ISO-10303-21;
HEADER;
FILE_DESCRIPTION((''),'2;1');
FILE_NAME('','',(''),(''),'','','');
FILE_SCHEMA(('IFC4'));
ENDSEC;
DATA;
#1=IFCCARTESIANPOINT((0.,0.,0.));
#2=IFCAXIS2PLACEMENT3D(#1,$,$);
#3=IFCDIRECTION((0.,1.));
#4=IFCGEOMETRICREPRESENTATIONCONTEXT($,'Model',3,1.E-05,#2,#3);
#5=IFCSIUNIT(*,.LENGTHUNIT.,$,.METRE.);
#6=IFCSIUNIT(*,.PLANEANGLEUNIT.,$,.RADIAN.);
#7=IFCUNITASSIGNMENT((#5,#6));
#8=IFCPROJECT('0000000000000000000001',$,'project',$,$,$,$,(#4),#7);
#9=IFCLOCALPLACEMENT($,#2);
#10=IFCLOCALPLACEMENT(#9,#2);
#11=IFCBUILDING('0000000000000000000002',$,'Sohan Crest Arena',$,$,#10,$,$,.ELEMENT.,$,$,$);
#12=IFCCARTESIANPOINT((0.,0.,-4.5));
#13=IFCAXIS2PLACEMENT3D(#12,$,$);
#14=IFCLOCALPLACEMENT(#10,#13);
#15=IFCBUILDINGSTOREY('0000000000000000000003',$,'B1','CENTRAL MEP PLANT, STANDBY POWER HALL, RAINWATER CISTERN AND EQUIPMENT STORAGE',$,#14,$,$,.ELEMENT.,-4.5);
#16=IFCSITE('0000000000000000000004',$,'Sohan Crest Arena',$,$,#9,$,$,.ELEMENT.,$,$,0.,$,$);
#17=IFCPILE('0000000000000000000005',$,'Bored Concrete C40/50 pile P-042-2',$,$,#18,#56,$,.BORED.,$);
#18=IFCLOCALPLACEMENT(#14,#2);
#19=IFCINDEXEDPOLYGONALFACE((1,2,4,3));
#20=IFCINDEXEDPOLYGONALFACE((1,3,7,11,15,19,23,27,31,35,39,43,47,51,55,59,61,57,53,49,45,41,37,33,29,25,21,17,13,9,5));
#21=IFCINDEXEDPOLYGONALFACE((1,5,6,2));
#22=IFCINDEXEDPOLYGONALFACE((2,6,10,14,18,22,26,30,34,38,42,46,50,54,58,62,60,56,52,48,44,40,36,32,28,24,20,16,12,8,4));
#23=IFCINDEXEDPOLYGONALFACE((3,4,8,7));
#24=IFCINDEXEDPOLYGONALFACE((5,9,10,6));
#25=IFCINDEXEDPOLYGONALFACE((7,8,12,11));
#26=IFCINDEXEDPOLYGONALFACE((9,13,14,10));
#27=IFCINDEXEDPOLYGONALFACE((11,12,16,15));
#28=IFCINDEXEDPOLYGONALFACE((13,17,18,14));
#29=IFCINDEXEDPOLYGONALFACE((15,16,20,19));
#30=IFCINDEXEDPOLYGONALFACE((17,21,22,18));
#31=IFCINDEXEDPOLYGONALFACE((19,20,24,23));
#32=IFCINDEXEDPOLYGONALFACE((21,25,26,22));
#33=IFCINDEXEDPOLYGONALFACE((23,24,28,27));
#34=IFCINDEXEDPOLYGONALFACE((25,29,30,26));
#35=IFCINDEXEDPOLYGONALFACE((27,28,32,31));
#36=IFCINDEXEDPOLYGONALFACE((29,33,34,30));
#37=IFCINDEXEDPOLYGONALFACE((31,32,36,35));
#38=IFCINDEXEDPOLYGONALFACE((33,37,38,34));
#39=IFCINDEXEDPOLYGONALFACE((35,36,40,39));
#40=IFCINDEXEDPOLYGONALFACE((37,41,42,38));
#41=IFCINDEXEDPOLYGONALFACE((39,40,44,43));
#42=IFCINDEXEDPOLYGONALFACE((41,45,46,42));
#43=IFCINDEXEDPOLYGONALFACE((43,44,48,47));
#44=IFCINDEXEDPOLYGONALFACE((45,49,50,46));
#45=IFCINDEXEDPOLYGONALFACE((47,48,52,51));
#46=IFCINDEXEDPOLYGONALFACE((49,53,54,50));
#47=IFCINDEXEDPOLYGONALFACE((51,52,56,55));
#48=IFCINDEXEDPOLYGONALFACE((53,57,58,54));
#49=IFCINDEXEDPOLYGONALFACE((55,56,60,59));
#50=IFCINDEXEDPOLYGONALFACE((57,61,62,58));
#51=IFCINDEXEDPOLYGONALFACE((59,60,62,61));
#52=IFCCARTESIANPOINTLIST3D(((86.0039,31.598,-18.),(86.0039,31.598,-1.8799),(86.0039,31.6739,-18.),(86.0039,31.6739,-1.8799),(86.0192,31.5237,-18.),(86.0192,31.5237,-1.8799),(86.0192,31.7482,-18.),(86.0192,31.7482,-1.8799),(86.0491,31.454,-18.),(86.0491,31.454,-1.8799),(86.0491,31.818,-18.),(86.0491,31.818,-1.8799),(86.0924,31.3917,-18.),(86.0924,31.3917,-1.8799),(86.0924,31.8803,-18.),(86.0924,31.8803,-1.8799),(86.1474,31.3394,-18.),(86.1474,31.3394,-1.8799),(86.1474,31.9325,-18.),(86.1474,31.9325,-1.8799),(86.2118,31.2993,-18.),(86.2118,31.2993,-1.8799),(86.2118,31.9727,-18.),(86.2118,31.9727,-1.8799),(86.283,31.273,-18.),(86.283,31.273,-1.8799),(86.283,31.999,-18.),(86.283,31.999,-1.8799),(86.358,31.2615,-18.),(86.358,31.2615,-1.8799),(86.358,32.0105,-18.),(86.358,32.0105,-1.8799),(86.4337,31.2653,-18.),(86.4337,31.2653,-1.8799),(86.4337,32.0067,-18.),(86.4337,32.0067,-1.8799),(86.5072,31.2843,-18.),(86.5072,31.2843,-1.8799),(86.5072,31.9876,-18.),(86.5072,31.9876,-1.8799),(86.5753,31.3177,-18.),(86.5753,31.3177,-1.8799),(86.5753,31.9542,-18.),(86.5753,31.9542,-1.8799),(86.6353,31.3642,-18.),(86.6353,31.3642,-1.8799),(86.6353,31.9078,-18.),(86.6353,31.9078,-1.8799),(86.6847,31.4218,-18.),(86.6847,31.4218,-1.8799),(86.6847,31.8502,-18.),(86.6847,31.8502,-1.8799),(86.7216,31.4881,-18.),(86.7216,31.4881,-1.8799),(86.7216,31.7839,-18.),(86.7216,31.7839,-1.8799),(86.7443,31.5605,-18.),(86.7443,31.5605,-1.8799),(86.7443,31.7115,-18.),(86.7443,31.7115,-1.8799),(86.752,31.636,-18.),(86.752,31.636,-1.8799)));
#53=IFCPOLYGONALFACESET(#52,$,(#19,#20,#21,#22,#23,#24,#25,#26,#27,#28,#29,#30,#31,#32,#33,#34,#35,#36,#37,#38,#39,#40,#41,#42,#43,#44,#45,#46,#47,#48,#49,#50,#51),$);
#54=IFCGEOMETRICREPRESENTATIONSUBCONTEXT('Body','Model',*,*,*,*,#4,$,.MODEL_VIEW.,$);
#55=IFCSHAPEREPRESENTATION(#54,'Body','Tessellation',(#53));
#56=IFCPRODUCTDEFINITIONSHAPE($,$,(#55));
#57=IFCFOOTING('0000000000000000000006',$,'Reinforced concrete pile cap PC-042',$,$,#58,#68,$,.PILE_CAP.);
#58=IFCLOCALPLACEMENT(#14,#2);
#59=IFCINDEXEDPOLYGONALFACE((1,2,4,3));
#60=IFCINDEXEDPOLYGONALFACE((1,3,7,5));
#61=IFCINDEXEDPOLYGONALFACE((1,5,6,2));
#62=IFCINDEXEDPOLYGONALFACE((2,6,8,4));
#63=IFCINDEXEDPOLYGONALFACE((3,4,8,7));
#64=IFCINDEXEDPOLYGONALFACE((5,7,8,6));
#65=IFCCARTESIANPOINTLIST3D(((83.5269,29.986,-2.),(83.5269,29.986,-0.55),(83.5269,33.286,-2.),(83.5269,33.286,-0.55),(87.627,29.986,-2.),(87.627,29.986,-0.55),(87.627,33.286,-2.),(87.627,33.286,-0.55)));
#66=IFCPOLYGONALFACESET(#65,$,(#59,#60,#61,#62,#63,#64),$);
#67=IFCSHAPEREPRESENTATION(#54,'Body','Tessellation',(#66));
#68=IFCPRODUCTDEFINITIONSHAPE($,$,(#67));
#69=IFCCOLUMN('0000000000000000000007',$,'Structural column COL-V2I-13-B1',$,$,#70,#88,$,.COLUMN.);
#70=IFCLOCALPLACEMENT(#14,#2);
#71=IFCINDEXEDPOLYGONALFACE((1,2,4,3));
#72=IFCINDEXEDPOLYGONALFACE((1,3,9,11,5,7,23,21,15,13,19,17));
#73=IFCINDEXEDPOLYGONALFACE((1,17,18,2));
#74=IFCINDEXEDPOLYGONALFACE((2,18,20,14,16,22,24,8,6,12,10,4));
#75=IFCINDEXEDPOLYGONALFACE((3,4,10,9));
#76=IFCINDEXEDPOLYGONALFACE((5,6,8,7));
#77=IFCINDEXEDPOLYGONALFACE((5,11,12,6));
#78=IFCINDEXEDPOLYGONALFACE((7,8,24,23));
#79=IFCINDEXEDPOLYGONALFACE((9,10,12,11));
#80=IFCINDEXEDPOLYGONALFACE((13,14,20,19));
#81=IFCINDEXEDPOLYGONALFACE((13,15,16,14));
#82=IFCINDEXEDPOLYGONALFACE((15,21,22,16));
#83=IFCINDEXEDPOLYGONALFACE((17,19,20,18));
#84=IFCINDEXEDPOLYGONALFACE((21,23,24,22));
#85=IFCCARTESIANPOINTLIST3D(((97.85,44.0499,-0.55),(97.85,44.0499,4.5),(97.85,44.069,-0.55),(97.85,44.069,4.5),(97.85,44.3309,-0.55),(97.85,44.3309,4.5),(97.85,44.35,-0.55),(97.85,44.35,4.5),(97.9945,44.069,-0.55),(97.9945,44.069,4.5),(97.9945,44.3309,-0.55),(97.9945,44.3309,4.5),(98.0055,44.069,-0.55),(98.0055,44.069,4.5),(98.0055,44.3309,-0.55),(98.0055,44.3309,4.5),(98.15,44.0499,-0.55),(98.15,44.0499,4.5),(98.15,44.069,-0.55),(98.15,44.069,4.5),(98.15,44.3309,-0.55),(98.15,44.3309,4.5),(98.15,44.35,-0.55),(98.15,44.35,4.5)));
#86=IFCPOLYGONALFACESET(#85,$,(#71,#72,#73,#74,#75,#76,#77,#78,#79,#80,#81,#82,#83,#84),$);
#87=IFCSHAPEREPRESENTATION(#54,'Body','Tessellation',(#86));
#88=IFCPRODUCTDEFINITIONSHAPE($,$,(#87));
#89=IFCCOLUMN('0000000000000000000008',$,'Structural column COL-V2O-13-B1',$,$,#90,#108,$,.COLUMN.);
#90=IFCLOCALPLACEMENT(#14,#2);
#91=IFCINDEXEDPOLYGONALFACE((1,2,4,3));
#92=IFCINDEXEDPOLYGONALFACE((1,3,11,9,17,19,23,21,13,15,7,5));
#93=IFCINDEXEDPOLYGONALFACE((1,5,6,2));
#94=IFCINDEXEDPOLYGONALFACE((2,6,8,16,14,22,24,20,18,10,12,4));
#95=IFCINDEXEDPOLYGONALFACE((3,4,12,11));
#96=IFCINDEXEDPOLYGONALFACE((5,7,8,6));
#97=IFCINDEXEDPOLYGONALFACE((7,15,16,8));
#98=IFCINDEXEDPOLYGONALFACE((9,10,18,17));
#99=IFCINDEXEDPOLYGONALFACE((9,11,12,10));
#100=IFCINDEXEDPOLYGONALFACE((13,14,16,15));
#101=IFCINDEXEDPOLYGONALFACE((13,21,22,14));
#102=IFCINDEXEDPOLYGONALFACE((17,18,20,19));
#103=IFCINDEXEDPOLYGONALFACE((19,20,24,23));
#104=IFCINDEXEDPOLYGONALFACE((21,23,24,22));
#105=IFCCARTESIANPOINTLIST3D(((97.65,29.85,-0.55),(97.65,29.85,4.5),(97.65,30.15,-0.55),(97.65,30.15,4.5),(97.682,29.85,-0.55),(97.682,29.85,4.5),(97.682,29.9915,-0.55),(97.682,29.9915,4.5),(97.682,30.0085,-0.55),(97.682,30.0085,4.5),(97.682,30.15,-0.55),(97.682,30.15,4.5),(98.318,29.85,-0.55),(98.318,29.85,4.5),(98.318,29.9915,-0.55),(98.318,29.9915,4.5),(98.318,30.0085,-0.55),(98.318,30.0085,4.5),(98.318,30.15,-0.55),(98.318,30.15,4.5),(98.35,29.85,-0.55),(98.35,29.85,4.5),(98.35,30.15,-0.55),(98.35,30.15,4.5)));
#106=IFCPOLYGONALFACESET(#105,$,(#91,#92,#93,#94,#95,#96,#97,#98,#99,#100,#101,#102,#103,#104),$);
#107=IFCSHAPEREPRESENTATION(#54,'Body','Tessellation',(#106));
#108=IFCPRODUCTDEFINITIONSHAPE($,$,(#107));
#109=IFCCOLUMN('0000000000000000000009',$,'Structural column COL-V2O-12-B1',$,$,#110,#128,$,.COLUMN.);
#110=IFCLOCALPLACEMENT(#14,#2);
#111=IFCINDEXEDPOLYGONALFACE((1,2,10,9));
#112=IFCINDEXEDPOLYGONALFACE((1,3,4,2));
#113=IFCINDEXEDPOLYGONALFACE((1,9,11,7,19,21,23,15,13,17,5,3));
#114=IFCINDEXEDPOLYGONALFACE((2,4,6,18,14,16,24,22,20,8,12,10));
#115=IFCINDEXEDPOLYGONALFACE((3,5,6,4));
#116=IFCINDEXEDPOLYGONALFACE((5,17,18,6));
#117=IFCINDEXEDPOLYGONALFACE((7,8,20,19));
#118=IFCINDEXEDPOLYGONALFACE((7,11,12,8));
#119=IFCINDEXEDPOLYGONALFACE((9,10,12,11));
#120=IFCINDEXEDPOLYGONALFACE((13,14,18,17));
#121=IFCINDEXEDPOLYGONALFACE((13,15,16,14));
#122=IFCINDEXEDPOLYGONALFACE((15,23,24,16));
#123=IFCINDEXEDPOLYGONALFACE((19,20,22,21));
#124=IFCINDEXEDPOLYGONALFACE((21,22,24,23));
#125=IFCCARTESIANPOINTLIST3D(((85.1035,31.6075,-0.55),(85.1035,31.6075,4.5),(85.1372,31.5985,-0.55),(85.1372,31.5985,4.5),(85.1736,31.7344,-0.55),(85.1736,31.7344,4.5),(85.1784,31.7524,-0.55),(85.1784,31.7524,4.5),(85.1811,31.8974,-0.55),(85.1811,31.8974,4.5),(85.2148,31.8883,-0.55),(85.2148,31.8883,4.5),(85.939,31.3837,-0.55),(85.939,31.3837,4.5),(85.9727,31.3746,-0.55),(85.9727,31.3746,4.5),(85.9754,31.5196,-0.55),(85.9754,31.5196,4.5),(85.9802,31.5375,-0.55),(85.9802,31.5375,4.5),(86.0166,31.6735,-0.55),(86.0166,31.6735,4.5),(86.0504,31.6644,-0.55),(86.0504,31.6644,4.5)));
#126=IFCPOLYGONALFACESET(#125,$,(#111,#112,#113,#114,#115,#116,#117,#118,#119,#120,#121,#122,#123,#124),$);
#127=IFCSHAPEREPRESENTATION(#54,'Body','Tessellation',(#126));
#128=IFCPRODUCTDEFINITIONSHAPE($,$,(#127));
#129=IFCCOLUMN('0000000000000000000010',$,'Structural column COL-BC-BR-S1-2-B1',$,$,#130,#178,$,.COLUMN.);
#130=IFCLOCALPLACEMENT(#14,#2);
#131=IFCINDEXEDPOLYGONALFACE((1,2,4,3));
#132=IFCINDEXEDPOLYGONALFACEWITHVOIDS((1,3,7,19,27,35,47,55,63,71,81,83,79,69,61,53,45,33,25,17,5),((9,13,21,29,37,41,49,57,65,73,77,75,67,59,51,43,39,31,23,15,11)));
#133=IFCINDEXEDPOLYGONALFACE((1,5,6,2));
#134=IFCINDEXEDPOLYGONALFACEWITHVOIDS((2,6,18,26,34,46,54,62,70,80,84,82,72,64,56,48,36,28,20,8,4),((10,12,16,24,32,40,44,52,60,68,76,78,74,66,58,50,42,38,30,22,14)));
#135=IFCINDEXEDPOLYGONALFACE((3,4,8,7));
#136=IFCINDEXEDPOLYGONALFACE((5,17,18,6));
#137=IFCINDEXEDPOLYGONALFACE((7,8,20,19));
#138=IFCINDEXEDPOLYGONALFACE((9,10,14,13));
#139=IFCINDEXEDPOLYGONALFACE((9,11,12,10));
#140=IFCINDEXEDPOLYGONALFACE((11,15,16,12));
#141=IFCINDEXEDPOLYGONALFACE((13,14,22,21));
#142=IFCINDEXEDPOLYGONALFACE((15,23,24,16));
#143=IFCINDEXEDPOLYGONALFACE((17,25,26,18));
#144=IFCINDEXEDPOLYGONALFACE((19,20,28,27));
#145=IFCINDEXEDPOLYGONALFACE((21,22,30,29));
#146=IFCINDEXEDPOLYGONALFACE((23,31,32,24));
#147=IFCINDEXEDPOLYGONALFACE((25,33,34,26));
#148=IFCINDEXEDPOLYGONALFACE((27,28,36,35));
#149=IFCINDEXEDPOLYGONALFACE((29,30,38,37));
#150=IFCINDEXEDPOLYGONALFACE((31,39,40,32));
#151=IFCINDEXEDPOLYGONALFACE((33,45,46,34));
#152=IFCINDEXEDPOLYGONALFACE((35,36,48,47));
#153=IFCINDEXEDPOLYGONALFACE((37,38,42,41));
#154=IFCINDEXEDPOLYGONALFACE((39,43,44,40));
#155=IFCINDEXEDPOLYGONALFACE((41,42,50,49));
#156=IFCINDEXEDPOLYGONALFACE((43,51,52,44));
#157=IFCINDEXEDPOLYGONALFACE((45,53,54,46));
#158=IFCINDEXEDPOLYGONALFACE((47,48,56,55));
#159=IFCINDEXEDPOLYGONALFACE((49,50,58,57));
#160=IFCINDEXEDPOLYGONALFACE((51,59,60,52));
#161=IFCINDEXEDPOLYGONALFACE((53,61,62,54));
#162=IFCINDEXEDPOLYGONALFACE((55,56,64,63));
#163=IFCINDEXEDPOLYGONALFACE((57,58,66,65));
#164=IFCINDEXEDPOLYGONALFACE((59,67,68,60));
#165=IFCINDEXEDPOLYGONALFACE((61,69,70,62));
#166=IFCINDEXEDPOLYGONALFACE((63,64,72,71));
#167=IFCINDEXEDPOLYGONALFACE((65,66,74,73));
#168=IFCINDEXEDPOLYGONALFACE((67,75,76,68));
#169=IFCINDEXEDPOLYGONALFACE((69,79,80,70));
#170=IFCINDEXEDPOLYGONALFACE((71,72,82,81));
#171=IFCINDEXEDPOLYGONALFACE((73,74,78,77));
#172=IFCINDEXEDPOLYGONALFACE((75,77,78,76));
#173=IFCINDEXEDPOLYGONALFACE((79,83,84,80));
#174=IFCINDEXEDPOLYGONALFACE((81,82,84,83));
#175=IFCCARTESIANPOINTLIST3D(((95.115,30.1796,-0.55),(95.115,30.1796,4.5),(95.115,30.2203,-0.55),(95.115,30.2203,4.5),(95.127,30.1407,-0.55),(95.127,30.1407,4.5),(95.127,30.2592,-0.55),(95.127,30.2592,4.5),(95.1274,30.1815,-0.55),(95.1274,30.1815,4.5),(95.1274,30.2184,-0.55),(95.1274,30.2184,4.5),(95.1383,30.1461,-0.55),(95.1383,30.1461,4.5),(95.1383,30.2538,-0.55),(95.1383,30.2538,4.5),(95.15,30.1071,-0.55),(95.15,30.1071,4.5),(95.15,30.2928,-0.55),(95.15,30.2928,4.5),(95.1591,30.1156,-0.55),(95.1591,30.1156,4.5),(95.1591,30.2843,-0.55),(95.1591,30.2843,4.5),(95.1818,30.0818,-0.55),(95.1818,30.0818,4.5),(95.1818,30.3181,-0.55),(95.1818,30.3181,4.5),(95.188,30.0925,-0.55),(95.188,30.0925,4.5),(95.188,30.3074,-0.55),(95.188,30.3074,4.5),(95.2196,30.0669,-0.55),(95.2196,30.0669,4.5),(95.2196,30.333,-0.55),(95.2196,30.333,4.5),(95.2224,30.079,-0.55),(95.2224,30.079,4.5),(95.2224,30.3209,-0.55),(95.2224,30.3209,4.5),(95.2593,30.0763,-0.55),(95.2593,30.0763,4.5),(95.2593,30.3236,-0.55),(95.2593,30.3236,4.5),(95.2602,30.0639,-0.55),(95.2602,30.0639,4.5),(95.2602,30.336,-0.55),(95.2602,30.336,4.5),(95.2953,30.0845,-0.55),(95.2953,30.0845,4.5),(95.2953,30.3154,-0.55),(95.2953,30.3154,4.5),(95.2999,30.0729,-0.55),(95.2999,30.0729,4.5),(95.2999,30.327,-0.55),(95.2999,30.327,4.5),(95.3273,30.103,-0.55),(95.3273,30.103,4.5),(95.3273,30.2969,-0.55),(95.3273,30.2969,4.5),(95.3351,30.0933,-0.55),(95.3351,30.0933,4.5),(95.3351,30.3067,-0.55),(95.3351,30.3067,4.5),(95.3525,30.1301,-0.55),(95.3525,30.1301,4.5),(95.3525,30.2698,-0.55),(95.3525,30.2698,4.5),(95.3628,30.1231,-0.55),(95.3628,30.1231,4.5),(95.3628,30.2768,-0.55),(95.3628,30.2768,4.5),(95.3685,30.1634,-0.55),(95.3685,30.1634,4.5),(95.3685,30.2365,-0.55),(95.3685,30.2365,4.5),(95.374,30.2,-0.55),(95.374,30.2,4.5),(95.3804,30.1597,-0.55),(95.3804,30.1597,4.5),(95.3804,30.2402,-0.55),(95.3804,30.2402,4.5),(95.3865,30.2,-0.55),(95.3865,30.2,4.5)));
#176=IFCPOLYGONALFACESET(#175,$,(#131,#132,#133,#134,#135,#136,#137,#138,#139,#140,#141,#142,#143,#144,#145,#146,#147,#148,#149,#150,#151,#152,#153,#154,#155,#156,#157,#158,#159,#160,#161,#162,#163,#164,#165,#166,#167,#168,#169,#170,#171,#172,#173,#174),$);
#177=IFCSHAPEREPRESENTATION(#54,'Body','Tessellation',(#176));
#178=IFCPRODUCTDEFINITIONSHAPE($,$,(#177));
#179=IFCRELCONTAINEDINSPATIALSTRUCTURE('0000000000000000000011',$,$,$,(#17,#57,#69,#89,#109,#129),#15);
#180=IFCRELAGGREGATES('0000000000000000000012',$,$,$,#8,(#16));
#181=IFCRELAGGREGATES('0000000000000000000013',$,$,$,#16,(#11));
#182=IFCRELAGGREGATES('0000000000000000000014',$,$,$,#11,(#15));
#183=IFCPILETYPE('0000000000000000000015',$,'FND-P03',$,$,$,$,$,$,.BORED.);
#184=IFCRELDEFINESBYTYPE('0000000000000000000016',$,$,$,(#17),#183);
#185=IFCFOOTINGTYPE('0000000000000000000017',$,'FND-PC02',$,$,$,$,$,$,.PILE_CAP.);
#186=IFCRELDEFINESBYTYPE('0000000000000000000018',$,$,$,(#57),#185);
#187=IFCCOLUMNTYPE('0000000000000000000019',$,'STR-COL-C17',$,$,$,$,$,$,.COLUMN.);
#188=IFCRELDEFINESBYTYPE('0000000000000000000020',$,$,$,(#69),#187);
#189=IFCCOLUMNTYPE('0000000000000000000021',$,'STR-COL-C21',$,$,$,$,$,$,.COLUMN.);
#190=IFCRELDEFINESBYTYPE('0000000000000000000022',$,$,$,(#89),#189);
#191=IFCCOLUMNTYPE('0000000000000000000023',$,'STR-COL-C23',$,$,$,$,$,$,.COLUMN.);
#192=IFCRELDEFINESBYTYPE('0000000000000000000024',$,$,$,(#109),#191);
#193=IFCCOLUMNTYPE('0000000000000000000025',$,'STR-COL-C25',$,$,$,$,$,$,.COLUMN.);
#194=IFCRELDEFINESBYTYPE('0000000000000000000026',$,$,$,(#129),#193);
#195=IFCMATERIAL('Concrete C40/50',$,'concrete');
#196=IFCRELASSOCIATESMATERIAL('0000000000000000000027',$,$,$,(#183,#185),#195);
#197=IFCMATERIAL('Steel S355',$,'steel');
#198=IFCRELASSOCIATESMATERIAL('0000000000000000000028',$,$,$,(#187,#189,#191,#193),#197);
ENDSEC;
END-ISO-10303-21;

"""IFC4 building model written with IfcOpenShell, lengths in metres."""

from ifc_helpers import new_model, si_unit, direction, frame, origin, origin_2d, place, context, subcontext, project, spatial, rectangle, circle, hollow_circle, i_section, extrude, material, material_profile, profile_set, type_object, element, save


model = new_model("IFC4")

# Units and contexts
model_context = context("Model", 3, precision=1e-05, world=origin(), true_north=direction((0.0, 1.0)))
body_context = subcontext(model_context, "Body", "Model", "MODEL_VIEW")
ifc_project = project(units=[si_unit("LENGTHUNIT", "METRE"), si_unit("PLANEANGLEUNIT", "RADIAN")], contexts=[model_context])

# Site, building, storey
site_placement = place(None, origin())
site = spatial("IfcSite", under=ifc_project, at=site_placement, Name="Sohan Crest Arena", CompositionType="ELEMENT", RefElevation=0.0)
building_placement = place(site_placement, origin())
building = spatial("IfcBuilding", under=site, at=building_placement, Name="Sohan Crest Arena", CompositionType="ELEMENT")
storey_placement = place(building_placement, frame((0.0, 0.0, -4.5)))
storey = spatial("IfcBuildingStorey", under=building, at=storey_placement, Name="B1", Description="CENTRAL MEP PLANT, STANDBY POWER HALL, RAINWATER CISTERN AND EQUIPMENT STORAGE", CompositionType="ELEMENT", Elevation=-4.5)

# Pile
ifc_material_1 = material(Name="Concrete C40/50", Category="concrete")
ifc_material_profile_1 = material_profile(ifc_material_1, circle(Radius=0.375, at=origin_2d()), Name="PILE D750")
ifc_profile_set_1 = profile_set([ifc_material_profile_1], Name="Concrete C40/50")
pile_type = type_object("IfcPileType", Name="FND-P03", PredefinedType="BORED", material=ifc_profile_set_1)
pile_placement = place(storey_placement, frame((86.377, 31.636, -18.0), z_axis=(0.0, 0.0, 1.0), x_axis=(1.0, 0.0, 0.0)))
element("IfcPile", 1, at=pile_placement, inside=storey, type_object=pile_type, Name="Bored Concrete C40/50 pile P-042-2", PredefinedType="BORED", context=body_context, shape_type="SweptSolid", body=[
    extrude(circle(Radius=0.375, at=origin_2d()), origin(), (0.0, 0.0, 1.0), 16.1201),
])

# Footing
footing_type = type_object("IfcFootingType", Name="FND-PC02", PredefinedType="PILE_CAP", material=ifc_material_1)
footing_placement = place(storey_placement, frame((85.5769, 31.636, -2.0), z_axis=(0.0, 0.0, 1.0), x_axis=(1.0, 0.0, 0.0)))
element("IfcFooting", 2, at=footing_placement, inside=storey, type_object=footing_type, Name="Reinforced concrete pile cap PC-042", PredefinedType="PILE_CAP", context=body_context, shape_type="SweptSolid", body=[
    extrude(rectangle(XDim=4.1001, YDim=3.3, at=origin_2d()), origin(), (0.0, 0.0, 1.0), 1.45),
])

# Columns
ifc_material_2 = material(Name="Steel S355", Category="steel")
ifc_material_profile_2 = material_profile(ifc_material_2, i_section(OverallWidth=0.3, OverallDepth=0.3, WebThickness=0.011, FlangeThickness=0.019, at=origin_2d()), Name="HEB 300")
ifc_profile_set_2 = profile_set([ifc_material_profile_2], Name="Steel S355")
column_type_1 = type_object("IfcColumnType", Name="STR-COL-C17", PredefinedType="COLUMN", material=ifc_profile_set_2)
column_1_placement = place(storey_placement, frame((98.0, 44.2, -0.55), z_axis=(0.0, 0.0, 1.0), x_axis=(1.0, 0.0, 0.0)))
element("IfcColumn", 3, at=column_1_placement, inside=storey, type_object=column_type_1, Name="Structural column COL-V2I-13-B1", PredefinedType="COLUMN", context=body_context, shape_type="SweptSolid", body=[
    extrude(i_section(OverallWidth=0.3, OverallDepth=0.3, WebThickness=0.011, FlangeThickness=0.019, at=origin_2d()), origin(), (0.0, 0.0, 1.0), 5.05),
])
ifc_material_profile_3 = material_profile(ifc_material_2, i_section(OverallWidth=0.3, OverallDepth=0.7, WebThickness=0.0171, FlangeThickness=0.032, at=origin_2d()), Name="HEB 700")
ifc_profile_set_3 = profile_set([ifc_material_profile_3], Name="Steel S355")
column_type_2 = type_object("IfcColumnType", Name="STR-COL-C21", PredefinedType="COLUMN", material=ifc_profile_set_3)
column_2_placement = place(storey_placement, frame((98.0, 30.0, -0.55), z_axis=(0.0, 0.0, 1.0), x_axis=(0.0, 1.0, 0.0)))
element("IfcColumn", 4, at=column_2_placement, inside=storey, type_object=column_type_2, Name="Structural column COL-V2O-13-B1", PredefinedType="COLUMN", context=body_context, shape_type="SweptSolid", body=[
    extrude(i_section(OverallWidth=0.3, OverallDepth=0.7, WebThickness=0.0171, FlangeThickness=0.032, at=origin_2d()), origin(), (0.0, 0.0, 1.0), 5.05),
])
ifc_material_profile_4 = material_profile(ifc_material_2, i_section(OverallWidth=0.3, OverallDepth=0.8999, WebThickness=0.0186, FlangeThickness=0.0349, at=origin_2d()), Name="HEB 900")
ifc_profile_set_4 = profile_set([ifc_material_profile_4], Name="Steel S355")
column_type_3 = type_object("IfcColumnType", Name="STR-COL-C23", PredefinedType="COLUMN", material=ifc_profile_set_4)
column_3_placement = place(storey_placement, frame((85.5769, 31.636, -0.55), z_axis=(0.0, 0.0, 1.0), x_axis=(0.258819, 0.965926, 0.0)))
element("IfcColumn", 5, at=column_3_placement, inside=storey, type_object=column_type_3, Name="Structural column COL-V2O-12-B1", PredefinedType="COLUMN", context=body_context, shape_type="SweptSolid", body=[
    extrude(i_section(OverallWidth=0.3, OverallDepth=0.8999, WebThickness=0.0186, FlangeThickness=0.0349, at=origin_2d()), origin(), (0.0, 0.0, 1.0), 5.05),
])
ifc_material_profile_5 = material_profile(ifc_material_2, hollow_circle(Radius=0.1365, WallThickness=0.0125, at=origin_2d()), Name="CHS 273x12.5")
ifc_profile_set_5 = profile_set([ifc_material_profile_5], Name="Steel S355")
column_type_4 = type_object("IfcColumnType", Name="STR-COL-C25", PredefinedType="COLUMN", material=ifc_profile_set_5)
column_4_placement = place(storey_placement, frame((95.25, 30.2, -0.55), z_axis=(0.0, 0.0, 1.0), x_axis=(1.0, 0.0, 0.0)))
element("IfcColumn", 6, at=column_4_placement, inside=storey, type_object=column_type_4, Name="Structural column COL-BC-BR-S1-2-B1", PredefinedType="COLUMN", context=body_context, shape_type="SweptSolid", body=[
    extrude(hollow_circle(Radius=0.1365, WallThickness=0.0125, at=origin_2d()), origin(), (0.0, 0.0, 1.0), 5.05),
])

save(model, "model.ifc")
